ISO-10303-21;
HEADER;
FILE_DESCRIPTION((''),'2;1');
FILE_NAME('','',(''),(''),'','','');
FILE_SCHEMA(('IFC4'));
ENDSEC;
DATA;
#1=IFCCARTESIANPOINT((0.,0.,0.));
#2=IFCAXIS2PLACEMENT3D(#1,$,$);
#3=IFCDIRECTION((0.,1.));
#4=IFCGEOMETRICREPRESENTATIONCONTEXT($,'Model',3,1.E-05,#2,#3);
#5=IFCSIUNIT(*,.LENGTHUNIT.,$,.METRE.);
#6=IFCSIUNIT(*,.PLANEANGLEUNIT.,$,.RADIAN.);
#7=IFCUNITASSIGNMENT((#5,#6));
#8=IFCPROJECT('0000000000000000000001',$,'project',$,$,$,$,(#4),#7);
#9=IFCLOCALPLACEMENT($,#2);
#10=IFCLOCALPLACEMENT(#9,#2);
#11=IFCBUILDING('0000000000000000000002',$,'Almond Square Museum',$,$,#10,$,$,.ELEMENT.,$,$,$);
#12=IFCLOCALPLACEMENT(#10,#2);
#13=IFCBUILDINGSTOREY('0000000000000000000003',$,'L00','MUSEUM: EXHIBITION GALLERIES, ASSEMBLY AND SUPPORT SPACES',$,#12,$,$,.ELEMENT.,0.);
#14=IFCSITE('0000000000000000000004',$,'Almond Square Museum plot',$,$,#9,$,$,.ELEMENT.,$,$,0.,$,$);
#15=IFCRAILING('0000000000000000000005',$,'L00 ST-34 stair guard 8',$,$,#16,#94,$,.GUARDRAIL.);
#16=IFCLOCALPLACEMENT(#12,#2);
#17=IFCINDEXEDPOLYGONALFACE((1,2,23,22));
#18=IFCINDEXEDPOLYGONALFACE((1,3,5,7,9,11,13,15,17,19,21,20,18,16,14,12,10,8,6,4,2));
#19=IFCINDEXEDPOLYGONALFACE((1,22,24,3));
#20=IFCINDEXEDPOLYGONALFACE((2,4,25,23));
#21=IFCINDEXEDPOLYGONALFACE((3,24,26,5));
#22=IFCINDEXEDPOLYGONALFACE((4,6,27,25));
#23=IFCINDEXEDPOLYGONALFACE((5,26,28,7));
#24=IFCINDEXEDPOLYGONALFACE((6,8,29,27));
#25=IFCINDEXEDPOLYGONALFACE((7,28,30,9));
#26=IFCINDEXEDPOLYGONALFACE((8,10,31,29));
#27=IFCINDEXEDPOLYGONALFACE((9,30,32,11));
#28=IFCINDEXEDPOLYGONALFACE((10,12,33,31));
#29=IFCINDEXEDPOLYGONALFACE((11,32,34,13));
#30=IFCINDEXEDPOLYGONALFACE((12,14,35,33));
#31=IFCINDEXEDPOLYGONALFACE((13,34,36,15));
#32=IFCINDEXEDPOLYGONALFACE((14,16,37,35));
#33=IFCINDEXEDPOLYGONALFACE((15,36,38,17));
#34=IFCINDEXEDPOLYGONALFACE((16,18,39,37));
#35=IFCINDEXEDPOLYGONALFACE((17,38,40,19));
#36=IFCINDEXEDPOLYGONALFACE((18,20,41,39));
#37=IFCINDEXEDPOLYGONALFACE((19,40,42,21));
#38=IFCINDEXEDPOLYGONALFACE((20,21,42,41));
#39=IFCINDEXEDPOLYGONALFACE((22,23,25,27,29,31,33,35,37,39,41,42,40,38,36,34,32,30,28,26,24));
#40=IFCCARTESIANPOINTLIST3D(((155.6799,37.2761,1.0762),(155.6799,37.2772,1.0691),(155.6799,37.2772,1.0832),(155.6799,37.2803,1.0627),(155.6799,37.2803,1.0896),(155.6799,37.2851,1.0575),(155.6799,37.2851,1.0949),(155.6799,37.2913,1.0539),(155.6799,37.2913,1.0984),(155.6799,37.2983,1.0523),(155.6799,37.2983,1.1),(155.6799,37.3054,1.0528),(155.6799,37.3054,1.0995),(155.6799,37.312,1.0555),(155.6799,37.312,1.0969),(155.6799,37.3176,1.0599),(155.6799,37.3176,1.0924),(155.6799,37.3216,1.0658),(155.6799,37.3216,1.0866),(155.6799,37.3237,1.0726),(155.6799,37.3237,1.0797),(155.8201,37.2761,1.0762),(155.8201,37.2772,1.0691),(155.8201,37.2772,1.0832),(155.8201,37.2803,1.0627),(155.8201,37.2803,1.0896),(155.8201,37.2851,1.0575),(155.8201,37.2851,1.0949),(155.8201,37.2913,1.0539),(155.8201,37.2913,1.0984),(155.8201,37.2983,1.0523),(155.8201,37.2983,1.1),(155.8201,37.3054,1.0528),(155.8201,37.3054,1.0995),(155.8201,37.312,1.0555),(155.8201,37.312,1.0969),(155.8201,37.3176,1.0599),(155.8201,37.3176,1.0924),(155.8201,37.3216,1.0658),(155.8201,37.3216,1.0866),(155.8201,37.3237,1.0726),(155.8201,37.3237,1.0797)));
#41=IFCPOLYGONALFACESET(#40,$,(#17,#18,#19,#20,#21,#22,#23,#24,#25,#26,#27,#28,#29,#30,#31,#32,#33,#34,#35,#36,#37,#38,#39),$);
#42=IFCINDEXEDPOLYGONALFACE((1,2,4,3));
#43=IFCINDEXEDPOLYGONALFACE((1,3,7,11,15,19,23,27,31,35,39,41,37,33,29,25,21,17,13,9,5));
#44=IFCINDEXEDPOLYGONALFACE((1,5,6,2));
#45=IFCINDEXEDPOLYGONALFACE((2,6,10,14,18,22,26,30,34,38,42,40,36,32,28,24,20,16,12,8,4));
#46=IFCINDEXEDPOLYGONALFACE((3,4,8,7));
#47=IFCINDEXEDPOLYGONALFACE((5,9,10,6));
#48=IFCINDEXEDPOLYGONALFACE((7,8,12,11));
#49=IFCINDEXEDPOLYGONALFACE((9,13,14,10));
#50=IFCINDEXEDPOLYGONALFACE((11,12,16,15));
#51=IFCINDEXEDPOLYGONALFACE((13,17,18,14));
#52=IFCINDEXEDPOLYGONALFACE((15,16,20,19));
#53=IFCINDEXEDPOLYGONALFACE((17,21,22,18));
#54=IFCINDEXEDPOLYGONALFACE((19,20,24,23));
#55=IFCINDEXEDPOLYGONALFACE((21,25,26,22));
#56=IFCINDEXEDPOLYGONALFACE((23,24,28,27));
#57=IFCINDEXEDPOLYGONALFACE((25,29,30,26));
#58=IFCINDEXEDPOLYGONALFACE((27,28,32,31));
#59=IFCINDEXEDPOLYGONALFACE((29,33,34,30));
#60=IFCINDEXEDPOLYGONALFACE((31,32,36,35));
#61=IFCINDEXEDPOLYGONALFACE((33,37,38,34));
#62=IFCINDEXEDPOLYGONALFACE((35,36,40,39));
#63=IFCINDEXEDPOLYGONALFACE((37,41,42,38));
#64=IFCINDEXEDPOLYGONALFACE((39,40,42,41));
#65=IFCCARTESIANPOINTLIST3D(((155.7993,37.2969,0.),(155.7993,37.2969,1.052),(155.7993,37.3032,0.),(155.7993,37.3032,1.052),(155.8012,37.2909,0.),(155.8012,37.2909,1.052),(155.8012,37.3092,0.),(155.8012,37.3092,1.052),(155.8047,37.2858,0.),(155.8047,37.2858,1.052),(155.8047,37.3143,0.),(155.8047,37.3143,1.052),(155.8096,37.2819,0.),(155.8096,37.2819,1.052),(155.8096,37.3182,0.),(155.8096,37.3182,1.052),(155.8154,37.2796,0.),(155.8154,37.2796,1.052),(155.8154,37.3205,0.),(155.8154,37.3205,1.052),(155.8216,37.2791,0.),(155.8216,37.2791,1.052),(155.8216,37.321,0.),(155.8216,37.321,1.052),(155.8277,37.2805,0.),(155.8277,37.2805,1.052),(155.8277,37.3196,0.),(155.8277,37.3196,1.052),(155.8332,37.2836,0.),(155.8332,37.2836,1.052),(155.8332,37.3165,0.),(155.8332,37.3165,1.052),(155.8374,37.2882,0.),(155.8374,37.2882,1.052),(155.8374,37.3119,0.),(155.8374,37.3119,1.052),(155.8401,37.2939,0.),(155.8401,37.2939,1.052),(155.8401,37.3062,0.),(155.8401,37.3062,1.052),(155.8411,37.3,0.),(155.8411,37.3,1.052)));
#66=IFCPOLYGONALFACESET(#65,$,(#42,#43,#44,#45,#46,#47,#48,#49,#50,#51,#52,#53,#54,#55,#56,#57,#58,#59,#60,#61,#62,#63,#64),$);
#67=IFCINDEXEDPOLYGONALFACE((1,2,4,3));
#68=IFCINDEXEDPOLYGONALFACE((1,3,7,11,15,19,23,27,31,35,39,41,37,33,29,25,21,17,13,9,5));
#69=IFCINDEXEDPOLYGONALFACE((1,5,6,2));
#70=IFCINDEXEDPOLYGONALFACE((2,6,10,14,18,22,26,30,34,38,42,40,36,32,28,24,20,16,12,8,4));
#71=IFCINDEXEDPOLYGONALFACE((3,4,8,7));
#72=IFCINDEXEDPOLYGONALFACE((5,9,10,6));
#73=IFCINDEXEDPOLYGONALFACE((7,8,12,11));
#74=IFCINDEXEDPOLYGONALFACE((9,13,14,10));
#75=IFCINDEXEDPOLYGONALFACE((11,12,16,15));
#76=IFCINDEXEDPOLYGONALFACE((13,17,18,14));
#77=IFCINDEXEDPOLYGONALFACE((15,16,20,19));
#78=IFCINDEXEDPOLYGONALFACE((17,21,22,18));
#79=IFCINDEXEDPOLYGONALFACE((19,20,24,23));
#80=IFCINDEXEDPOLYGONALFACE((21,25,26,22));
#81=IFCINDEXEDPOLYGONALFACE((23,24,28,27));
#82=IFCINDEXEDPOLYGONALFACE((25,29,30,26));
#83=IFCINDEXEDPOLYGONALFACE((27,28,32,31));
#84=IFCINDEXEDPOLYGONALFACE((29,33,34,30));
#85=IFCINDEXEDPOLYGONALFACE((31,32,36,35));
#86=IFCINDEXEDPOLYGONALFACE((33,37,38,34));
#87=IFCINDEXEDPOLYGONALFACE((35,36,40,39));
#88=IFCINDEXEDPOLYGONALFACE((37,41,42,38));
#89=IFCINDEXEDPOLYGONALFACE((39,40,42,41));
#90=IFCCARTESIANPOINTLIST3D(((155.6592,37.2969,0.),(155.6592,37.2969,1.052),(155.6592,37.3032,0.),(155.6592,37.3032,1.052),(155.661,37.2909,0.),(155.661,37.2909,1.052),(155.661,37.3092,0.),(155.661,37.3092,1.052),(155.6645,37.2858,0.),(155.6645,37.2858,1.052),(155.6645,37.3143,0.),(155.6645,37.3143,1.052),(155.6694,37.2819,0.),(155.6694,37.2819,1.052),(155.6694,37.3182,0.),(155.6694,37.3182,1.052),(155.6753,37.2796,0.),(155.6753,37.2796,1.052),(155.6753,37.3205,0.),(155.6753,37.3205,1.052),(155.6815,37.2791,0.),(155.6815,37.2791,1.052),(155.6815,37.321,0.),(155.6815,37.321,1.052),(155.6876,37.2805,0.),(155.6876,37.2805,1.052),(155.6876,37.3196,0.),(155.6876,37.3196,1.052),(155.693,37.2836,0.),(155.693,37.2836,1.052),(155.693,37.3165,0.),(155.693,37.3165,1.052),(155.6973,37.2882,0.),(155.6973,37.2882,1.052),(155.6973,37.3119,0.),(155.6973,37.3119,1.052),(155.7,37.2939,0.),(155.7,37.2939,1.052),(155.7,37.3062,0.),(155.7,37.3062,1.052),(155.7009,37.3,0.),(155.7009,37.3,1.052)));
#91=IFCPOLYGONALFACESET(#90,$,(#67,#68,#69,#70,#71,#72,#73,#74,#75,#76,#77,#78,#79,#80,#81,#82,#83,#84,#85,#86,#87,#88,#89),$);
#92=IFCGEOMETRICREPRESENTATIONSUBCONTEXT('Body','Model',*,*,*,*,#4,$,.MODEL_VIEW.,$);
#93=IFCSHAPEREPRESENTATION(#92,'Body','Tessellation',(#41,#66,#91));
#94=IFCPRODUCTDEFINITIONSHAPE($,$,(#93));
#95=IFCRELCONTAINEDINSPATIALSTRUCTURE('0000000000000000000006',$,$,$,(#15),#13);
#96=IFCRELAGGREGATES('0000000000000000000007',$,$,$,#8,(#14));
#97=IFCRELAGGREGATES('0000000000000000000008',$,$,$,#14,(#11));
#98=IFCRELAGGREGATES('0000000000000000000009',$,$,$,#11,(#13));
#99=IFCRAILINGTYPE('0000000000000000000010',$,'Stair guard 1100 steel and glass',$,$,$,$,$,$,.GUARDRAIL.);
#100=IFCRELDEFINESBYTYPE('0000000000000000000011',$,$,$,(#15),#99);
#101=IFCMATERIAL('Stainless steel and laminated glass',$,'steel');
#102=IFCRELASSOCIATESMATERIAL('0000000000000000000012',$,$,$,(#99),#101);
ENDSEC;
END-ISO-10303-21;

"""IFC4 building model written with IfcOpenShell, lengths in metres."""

from ifc_helpers import new_model, si_unit, direction, frame, origin, origin_2d, place, context, subcontext, project, spatial, circle, extrude, material, type_object, element, save


model = new_model("IFC4")

# Units and contexts
model_context = context("Model", 3, precision=1e-05, world=origin(), true_north=direction((0.0, 1.0)))
body_context = subcontext(model_context, "Body", "Model", "MODEL_VIEW")
ifc_project = project(units=[si_unit("LENGTHUNIT", "METRE"), si_unit("PLANEANGLEUNIT", "RADIAN")], contexts=[model_context])

# Site, building, storey
site_placement = place(None, origin())
site = spatial("IfcSite", under=ifc_project, at=site_placement, Name="Almond Square Museum plot", CompositionType="ELEMENT", RefElevation=0.0)
building_placement = place(site_placement, origin())
building = spatial("IfcBuilding", under=site, at=building_placement, Name="Almond Square Museum", CompositionType="ELEMENT")
storey_placement = place(building_placement, origin())
storey = spatial("IfcBuildingStorey", under=building, at=storey_placement, Name="L00", Description="MUSEUM: EXHIBITION GALLERIES, ASSEMBLY AND SUPPORT SPACES", CompositionType="ELEMENT", Elevation=0.0)

# Railing
ifc_material_1 = material(Name="Stainless steel and laminated glass", Category="steel")
railing_type_1 = type_object("IfcRailingType", Name="Stair guard 1100 steel and glass", PredefinedType="GUARDRAIL", material=ifc_material_1)
railing_1_placement = place(storey_placement, frame((155.8201, 37.3, 0.0)))
element("IfcRailing", 1, at=railing_1_placement, inside=storey, type_object=railing_type_1, Name="L00 ST-34 stair guard 8", PredefinedType="GUARDRAIL", context=body_context, shape_type="SweptSolid", body=[
    extrude(circle(Radius=0.0239, at=origin_2d()), frame((0.0, 0.0, 1.0762), z_axis=(-1.0, 0.0, 0.0), x_axis=(0.0, -1.0, 0.0)), (0.0, 0.0, 1.0), 0.1401),
    extrude(circle(Radius=0.021, at=origin_2d()), origin(), (0.0, 0.0, 1.0), 1.052),
    extrude(circle(Radius=0.021, at=origin_2d()), frame((-0.1401, 0.0, 0.0)), (0.0, 0.0, 1.0), 1.052),
])

save(model, "model.ifc")
